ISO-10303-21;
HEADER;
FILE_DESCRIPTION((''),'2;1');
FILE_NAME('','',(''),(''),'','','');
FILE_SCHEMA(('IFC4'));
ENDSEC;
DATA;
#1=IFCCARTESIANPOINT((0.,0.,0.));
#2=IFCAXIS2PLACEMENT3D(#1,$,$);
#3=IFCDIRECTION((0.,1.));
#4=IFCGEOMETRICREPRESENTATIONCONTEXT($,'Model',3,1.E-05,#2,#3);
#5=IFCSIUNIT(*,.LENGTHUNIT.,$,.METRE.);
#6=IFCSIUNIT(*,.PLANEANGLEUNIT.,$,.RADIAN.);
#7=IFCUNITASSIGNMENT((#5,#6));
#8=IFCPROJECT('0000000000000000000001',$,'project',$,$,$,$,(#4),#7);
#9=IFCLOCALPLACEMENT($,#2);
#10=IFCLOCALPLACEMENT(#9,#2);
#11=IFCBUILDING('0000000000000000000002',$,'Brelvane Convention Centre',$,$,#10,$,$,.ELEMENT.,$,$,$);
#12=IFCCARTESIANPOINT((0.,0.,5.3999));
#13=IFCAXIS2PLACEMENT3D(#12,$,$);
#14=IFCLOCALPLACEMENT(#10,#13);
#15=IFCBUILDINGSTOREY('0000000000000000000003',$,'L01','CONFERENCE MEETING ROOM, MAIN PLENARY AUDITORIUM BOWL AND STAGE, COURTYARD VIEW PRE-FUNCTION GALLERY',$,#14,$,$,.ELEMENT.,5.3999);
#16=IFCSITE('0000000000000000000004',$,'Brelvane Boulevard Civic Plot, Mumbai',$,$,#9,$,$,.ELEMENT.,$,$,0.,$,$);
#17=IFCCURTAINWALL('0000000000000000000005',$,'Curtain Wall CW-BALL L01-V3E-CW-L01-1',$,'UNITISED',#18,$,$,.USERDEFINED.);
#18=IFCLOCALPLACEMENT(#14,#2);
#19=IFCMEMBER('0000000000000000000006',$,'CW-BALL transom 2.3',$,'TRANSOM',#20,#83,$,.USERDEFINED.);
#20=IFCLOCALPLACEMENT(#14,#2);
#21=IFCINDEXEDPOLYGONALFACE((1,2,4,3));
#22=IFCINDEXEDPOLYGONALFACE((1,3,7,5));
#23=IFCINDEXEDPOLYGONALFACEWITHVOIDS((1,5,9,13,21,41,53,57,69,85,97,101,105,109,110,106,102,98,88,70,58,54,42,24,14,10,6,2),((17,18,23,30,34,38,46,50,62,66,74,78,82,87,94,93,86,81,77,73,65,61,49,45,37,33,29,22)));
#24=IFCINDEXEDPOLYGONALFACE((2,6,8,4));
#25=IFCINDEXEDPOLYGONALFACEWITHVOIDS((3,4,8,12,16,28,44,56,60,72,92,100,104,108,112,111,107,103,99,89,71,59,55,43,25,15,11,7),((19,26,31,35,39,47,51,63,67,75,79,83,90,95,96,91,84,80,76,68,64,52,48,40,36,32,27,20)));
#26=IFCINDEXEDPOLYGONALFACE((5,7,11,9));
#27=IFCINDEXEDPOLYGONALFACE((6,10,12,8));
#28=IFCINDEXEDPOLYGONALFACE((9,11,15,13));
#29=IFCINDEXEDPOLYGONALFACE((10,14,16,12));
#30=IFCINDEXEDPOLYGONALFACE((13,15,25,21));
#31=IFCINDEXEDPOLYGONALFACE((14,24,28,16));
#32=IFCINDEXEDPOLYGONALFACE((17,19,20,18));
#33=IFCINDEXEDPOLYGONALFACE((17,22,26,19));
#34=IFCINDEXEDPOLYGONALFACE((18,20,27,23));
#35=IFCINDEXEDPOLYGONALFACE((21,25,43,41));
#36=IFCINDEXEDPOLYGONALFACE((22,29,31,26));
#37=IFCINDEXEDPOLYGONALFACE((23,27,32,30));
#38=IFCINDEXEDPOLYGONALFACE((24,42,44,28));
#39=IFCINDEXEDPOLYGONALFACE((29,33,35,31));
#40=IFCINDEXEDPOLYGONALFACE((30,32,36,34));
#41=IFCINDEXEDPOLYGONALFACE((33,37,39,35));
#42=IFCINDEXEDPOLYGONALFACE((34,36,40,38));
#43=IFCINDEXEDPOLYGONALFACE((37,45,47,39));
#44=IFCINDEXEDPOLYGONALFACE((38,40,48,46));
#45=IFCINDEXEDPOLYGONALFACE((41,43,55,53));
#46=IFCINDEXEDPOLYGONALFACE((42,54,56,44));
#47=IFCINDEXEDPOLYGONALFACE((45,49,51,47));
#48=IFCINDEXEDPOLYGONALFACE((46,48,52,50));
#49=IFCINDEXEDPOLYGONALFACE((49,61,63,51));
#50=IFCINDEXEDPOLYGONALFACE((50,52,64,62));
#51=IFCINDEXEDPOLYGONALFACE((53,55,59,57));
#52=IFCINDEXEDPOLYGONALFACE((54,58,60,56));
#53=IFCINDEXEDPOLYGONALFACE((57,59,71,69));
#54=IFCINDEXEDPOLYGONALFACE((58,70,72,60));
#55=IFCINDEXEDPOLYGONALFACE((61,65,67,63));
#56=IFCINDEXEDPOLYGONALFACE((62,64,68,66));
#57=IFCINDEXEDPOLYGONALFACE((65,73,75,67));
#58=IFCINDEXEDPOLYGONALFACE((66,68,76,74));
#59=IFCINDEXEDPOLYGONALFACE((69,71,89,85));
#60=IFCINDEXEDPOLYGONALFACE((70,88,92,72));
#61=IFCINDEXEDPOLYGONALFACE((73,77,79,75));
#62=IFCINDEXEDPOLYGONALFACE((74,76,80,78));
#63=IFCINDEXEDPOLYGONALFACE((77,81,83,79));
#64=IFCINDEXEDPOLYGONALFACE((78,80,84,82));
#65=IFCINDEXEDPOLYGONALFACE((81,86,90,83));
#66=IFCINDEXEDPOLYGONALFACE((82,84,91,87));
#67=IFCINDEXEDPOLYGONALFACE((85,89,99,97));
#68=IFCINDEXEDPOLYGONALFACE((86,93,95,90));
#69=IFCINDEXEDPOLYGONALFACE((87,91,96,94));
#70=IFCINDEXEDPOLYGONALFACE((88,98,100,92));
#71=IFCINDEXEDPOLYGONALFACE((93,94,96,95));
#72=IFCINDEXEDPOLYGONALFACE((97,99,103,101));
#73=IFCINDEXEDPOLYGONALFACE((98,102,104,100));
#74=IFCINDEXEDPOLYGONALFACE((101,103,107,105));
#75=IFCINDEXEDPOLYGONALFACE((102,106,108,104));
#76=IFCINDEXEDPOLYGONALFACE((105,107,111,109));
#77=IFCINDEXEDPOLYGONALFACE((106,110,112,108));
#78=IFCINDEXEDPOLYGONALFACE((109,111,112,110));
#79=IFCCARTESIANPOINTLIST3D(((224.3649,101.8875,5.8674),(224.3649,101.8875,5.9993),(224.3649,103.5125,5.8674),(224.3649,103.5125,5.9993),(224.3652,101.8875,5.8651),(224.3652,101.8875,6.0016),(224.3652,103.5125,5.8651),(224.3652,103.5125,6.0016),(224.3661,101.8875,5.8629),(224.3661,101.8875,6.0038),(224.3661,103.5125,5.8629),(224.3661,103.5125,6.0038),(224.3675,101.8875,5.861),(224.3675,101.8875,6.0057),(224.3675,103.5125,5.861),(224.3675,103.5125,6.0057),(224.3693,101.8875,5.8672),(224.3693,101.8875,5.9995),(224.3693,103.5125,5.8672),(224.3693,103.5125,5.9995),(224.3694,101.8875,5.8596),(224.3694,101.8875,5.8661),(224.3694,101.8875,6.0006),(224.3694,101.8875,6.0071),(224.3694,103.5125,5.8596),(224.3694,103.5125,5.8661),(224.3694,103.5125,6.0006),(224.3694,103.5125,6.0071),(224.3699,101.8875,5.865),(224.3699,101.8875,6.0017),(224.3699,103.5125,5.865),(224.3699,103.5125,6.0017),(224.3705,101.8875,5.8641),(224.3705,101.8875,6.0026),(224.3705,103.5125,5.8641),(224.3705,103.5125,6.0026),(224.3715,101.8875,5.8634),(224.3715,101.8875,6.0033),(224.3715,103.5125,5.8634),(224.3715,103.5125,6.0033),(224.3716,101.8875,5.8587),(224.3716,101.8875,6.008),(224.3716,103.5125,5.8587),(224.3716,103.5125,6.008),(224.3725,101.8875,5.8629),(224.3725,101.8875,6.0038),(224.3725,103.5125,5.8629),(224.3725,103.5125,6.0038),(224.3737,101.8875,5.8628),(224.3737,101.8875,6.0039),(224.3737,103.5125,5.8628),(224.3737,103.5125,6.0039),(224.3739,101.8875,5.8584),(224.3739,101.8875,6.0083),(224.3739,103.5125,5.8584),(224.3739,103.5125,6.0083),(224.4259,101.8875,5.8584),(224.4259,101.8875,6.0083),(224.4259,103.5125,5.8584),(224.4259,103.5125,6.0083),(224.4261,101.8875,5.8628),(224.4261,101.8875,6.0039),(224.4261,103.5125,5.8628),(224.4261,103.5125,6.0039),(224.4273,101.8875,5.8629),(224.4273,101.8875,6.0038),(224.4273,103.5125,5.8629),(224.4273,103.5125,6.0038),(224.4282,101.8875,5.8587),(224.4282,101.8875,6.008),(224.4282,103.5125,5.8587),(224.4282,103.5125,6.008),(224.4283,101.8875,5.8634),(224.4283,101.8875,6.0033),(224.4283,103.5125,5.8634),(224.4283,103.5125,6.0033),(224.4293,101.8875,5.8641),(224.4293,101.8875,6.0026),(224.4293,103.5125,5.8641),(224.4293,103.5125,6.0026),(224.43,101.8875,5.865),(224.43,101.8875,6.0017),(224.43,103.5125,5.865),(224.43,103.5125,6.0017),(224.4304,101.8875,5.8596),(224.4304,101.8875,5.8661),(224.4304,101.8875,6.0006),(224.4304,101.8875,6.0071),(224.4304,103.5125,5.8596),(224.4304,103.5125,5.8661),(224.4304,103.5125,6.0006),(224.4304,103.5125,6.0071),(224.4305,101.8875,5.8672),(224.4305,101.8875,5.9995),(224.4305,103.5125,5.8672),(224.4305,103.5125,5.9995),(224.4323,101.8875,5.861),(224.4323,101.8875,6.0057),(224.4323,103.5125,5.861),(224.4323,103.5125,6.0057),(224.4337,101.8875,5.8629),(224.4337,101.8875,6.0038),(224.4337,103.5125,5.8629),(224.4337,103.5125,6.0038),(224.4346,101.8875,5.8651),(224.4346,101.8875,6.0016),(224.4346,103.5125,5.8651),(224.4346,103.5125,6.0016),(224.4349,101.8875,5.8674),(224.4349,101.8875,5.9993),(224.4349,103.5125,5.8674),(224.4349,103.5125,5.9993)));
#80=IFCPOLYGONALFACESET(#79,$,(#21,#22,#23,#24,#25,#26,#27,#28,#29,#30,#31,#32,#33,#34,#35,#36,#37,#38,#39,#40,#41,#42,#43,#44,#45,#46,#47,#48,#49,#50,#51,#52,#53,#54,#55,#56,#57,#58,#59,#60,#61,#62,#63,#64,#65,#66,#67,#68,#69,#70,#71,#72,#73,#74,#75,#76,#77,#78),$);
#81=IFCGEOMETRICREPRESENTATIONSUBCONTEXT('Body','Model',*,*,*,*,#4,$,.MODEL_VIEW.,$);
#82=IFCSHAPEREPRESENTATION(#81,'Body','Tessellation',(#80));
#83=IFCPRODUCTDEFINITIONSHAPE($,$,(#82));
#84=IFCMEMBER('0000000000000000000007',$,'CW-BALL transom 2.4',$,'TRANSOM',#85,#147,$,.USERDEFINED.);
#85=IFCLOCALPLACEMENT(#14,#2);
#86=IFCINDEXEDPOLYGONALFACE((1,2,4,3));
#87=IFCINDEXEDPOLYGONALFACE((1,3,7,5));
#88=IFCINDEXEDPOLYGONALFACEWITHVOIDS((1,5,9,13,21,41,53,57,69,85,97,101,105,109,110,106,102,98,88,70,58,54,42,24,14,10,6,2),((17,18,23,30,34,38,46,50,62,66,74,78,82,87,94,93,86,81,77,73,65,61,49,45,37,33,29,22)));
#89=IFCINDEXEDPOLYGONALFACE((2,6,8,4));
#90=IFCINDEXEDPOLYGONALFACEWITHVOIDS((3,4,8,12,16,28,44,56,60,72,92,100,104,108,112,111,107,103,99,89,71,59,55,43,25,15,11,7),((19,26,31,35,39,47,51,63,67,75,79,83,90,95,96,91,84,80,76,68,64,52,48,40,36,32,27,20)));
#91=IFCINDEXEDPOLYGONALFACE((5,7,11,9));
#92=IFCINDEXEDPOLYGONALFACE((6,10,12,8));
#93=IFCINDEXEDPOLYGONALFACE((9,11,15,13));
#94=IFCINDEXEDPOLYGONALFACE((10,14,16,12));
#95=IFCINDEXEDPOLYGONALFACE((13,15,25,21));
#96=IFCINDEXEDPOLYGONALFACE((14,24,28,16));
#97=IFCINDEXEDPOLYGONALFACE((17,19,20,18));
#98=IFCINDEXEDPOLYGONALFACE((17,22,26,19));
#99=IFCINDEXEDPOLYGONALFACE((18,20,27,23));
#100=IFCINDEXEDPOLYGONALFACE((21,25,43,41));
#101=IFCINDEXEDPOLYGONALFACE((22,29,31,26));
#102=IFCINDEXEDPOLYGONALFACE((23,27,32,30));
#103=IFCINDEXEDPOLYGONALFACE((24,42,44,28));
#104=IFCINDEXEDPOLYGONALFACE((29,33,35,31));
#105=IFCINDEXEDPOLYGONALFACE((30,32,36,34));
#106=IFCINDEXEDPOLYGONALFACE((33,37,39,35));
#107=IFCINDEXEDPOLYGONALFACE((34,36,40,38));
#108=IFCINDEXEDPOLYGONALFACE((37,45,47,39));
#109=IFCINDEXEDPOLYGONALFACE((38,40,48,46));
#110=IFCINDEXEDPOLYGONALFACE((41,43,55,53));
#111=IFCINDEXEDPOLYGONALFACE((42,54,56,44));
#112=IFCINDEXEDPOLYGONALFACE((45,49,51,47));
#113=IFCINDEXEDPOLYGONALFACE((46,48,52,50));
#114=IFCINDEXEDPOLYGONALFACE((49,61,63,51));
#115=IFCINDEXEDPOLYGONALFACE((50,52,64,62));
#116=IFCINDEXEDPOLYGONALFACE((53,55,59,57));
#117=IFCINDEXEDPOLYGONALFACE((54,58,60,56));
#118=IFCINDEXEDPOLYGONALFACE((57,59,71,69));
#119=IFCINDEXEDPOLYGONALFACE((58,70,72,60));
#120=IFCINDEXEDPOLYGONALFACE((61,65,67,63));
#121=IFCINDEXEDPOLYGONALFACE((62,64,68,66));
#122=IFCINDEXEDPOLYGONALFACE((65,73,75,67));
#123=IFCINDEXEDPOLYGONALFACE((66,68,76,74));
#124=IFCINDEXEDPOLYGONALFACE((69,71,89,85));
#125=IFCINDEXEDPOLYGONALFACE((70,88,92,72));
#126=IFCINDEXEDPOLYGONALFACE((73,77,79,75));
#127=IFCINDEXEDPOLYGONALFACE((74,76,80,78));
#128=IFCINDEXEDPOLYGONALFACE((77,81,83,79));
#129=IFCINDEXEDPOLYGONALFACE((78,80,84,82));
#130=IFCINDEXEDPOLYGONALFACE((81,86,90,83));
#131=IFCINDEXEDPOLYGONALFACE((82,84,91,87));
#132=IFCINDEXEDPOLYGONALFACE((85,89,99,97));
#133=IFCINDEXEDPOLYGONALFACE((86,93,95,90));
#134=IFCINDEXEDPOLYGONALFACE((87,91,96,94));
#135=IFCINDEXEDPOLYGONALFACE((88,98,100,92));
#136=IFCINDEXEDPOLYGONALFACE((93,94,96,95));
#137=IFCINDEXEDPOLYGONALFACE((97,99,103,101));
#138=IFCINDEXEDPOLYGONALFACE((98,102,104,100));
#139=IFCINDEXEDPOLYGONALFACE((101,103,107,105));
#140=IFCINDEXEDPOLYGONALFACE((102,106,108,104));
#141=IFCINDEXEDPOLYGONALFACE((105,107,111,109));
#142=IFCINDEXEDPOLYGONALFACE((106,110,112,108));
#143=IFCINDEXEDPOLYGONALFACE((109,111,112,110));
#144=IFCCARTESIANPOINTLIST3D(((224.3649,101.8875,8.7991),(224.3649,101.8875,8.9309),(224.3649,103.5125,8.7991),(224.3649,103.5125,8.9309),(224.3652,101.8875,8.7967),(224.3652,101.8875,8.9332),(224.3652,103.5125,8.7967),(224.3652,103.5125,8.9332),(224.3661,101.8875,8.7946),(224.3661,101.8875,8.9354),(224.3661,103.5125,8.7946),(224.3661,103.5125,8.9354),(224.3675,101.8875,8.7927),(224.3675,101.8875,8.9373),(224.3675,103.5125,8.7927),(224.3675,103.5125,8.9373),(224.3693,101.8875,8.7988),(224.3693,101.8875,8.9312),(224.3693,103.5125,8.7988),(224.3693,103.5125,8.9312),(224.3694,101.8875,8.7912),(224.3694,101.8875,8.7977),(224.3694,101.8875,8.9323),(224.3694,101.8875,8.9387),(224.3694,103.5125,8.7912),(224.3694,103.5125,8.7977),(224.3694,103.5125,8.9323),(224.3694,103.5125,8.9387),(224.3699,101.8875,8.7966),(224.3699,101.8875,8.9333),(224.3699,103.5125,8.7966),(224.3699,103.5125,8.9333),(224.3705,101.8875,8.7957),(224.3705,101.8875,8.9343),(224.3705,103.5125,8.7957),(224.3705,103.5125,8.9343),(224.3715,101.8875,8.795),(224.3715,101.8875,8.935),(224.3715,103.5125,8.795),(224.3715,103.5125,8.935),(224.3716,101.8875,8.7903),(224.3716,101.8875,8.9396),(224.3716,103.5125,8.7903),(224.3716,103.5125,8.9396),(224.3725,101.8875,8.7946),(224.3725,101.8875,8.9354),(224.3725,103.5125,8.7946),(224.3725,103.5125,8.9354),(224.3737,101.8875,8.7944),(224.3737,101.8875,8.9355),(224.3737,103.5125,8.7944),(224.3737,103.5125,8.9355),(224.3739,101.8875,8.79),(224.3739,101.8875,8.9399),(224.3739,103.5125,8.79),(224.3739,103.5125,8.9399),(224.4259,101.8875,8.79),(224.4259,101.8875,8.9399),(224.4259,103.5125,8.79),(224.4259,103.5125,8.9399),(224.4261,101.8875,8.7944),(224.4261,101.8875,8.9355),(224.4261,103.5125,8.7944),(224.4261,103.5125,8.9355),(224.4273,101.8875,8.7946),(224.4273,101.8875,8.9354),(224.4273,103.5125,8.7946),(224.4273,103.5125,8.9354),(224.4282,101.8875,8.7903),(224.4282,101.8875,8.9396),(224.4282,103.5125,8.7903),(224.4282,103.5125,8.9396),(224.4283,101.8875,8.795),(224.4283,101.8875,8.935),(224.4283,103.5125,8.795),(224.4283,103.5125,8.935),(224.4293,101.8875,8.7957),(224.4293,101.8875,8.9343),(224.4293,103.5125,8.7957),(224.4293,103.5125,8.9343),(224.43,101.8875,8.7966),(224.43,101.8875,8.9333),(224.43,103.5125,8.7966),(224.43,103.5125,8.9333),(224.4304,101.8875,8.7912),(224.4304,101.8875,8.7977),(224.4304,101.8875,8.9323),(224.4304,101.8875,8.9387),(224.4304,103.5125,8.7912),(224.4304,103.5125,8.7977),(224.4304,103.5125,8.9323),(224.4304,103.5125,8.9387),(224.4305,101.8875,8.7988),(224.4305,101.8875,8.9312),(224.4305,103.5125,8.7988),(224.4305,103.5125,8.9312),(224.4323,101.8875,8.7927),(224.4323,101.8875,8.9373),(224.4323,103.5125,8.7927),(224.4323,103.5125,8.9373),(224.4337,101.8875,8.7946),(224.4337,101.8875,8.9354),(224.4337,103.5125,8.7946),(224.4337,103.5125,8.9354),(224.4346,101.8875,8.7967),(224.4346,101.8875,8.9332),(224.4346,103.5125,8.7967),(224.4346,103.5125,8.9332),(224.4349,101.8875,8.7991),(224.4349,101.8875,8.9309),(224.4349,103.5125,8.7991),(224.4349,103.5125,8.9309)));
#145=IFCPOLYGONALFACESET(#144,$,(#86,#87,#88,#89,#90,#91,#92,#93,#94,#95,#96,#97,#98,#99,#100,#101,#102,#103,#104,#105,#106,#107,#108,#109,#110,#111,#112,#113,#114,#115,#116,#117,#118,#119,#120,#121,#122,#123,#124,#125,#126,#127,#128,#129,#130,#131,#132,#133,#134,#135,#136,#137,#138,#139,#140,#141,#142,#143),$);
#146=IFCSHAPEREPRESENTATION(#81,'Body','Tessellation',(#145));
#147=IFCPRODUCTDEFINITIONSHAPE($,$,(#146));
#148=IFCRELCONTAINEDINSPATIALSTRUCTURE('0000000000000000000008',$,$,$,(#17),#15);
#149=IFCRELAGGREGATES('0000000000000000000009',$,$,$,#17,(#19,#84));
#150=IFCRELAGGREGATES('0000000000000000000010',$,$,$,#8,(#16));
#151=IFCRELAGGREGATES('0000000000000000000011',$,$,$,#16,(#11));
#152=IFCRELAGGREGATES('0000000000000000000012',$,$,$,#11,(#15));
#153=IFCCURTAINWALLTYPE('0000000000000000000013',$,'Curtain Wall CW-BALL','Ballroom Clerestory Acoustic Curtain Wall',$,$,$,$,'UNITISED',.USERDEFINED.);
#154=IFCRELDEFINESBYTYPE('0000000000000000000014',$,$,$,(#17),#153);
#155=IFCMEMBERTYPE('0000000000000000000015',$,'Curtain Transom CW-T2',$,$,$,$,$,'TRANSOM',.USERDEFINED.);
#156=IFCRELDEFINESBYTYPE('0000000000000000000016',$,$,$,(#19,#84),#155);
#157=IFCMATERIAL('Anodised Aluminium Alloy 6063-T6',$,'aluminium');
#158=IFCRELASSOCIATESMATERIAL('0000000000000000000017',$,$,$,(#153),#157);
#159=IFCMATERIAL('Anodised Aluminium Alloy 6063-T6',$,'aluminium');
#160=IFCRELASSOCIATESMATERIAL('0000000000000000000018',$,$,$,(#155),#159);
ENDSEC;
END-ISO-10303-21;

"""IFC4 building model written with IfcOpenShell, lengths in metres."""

from ifc_helpers import new_model, si_unit, direction, frame, origin, origin_2d, place, context, subcontext, project, spatial, hollow_rectangle, extrude, material, material_profile, profile_set, type_object, element, aggregate, save


model = new_model("IFC4")

# Units and contexts
model_context = context("Model", 3, precision=1e-05, world=origin(), true_north=direction((0.0, 1.0)))
body_context = subcontext(model_context, "Body", "Model", "MODEL_VIEW")
ifc_project = project(units=[si_unit("LENGTHUNIT", "METRE"), si_unit("PLANEANGLEUNIT", "RADIAN")], contexts=[model_context])

# Site, building, storey
site_placement = place(None, origin())
site = spatial("IfcSite", under=ifc_project, at=site_placement, Name="Brelvane Boulevard Civic Plot, Mumbai", CompositionType="ELEMENT", RefElevation=0.0)
building_placement = place(site_placement, origin())
building = spatial("IfcBuilding", under=site, at=building_placement, Name="Brelvane Convention Centre", CompositionType="ELEMENT")
storey_placement = place(building_placement, frame((0.0, 0.0, 5.3999)))
storey = spatial("IfcBuildingStorey", under=building, at=storey_placement, Name="L01", Description="CONFERENCE MEETING ROOM, MAIN PLENARY AUDITORIUM BOWL AND STAGE, COURTYARD VIEW PRE-FUNCTION GALLERY", CompositionType="ELEMENT", Elevation=5.3999)

# Curtain wall, members
ifc_material_1 = material(Name="Anodised Aluminium Alloy 6063-T6", Category="aluminium")
curtain_wall_type = type_object("IfcCurtainWallType", Name="Curtain Wall CW-BALL", Description="Ballroom Clerestory Acoustic Curtain Wall", ElementType="UNITISED", PredefinedType="USERDEFINED", material=ifc_material_1)
curtain_wall_placement = place(storey_placement, origin())
curtain_wall = element("IfcCurtainWall", 1, at=curtain_wall_placement, inside=storey, type_object=curtain_wall_type, Name="Curtain Wall CW-BALL L01-V3E-CW-L01-1", ObjectType="UNITISED", PredefinedType="USERDEFINED")
ifc_material_2 = material(Name="Anodised Aluminium Alloy 6063-T6", Category="aluminium")
ifc_material_profile_1 = material_profile(ifc_material_2, hollow_rectangle(XDim=0.0701, YDim=0.1499, WallThickness=0.0044, InnerFilletRadius=0.0044, OuterFilletRadius=0.009, at=origin_2d()), Name="ALU-T 150x70x4.5")
ifc_profile_set_1 = profile_set([ifc_material_profile_1], Name="Anodised Aluminium Alloy 6063-T6")
member_type_1 = type_object("IfcMemberType", Name="Curtain Transom CW-T2", ElementType="TRANSOM", PredefinedType="USERDEFINED", material=ifc_profile_set_1)
member_1_placement = place(storey_placement, frame((224.3999, 101.8875, 5.9333), z_axis=(0.0, 1.0, 0.0), x_axis=(-1.0, 0.0, 0.0)))
member_1 = element("IfcMember", 2, at=member_1_placement, type_object=member_type_1, Name="CW-BALL transom 2.3", ObjectType="TRANSOM", PredefinedType="USERDEFINED", context=body_context, shape_type="SweptSolid", body=[
    extrude(hollow_rectangle(XDim=0.0701, YDim=0.1499, WallThickness=0.0044, InnerFilletRadius=0.0044, OuterFilletRadius=0.009, at=origin_2d()), origin(), (0.0, 0.0, 1.0), 1.625),
])
member_2_placement = place(storey_placement, frame((224.3999, 101.8875, 8.865), z_axis=(0.0, 1.0, 0.0), x_axis=(-1.0, 0.0, 0.0)))
member_2 = element("IfcMember", 3, at=member_2_placement, type_object=member_type_1, Name="CW-BALL transom 2.4", ObjectType="TRANSOM", PredefinedType="USERDEFINED", context=body_context, shape_type="SweptSolid", body=[
    extrude(hollow_rectangle(XDim=0.0701, YDim=0.1499, WallThickness=0.0044, InnerFilletRadius=0.0044, OuterFilletRadius=0.009, at=origin_2d()), origin(), (0.0, 0.0, 1.0), 1.625),
])

aggregate(curtain_wall, [member_1, member_2])

save(model, "model.ifc")
